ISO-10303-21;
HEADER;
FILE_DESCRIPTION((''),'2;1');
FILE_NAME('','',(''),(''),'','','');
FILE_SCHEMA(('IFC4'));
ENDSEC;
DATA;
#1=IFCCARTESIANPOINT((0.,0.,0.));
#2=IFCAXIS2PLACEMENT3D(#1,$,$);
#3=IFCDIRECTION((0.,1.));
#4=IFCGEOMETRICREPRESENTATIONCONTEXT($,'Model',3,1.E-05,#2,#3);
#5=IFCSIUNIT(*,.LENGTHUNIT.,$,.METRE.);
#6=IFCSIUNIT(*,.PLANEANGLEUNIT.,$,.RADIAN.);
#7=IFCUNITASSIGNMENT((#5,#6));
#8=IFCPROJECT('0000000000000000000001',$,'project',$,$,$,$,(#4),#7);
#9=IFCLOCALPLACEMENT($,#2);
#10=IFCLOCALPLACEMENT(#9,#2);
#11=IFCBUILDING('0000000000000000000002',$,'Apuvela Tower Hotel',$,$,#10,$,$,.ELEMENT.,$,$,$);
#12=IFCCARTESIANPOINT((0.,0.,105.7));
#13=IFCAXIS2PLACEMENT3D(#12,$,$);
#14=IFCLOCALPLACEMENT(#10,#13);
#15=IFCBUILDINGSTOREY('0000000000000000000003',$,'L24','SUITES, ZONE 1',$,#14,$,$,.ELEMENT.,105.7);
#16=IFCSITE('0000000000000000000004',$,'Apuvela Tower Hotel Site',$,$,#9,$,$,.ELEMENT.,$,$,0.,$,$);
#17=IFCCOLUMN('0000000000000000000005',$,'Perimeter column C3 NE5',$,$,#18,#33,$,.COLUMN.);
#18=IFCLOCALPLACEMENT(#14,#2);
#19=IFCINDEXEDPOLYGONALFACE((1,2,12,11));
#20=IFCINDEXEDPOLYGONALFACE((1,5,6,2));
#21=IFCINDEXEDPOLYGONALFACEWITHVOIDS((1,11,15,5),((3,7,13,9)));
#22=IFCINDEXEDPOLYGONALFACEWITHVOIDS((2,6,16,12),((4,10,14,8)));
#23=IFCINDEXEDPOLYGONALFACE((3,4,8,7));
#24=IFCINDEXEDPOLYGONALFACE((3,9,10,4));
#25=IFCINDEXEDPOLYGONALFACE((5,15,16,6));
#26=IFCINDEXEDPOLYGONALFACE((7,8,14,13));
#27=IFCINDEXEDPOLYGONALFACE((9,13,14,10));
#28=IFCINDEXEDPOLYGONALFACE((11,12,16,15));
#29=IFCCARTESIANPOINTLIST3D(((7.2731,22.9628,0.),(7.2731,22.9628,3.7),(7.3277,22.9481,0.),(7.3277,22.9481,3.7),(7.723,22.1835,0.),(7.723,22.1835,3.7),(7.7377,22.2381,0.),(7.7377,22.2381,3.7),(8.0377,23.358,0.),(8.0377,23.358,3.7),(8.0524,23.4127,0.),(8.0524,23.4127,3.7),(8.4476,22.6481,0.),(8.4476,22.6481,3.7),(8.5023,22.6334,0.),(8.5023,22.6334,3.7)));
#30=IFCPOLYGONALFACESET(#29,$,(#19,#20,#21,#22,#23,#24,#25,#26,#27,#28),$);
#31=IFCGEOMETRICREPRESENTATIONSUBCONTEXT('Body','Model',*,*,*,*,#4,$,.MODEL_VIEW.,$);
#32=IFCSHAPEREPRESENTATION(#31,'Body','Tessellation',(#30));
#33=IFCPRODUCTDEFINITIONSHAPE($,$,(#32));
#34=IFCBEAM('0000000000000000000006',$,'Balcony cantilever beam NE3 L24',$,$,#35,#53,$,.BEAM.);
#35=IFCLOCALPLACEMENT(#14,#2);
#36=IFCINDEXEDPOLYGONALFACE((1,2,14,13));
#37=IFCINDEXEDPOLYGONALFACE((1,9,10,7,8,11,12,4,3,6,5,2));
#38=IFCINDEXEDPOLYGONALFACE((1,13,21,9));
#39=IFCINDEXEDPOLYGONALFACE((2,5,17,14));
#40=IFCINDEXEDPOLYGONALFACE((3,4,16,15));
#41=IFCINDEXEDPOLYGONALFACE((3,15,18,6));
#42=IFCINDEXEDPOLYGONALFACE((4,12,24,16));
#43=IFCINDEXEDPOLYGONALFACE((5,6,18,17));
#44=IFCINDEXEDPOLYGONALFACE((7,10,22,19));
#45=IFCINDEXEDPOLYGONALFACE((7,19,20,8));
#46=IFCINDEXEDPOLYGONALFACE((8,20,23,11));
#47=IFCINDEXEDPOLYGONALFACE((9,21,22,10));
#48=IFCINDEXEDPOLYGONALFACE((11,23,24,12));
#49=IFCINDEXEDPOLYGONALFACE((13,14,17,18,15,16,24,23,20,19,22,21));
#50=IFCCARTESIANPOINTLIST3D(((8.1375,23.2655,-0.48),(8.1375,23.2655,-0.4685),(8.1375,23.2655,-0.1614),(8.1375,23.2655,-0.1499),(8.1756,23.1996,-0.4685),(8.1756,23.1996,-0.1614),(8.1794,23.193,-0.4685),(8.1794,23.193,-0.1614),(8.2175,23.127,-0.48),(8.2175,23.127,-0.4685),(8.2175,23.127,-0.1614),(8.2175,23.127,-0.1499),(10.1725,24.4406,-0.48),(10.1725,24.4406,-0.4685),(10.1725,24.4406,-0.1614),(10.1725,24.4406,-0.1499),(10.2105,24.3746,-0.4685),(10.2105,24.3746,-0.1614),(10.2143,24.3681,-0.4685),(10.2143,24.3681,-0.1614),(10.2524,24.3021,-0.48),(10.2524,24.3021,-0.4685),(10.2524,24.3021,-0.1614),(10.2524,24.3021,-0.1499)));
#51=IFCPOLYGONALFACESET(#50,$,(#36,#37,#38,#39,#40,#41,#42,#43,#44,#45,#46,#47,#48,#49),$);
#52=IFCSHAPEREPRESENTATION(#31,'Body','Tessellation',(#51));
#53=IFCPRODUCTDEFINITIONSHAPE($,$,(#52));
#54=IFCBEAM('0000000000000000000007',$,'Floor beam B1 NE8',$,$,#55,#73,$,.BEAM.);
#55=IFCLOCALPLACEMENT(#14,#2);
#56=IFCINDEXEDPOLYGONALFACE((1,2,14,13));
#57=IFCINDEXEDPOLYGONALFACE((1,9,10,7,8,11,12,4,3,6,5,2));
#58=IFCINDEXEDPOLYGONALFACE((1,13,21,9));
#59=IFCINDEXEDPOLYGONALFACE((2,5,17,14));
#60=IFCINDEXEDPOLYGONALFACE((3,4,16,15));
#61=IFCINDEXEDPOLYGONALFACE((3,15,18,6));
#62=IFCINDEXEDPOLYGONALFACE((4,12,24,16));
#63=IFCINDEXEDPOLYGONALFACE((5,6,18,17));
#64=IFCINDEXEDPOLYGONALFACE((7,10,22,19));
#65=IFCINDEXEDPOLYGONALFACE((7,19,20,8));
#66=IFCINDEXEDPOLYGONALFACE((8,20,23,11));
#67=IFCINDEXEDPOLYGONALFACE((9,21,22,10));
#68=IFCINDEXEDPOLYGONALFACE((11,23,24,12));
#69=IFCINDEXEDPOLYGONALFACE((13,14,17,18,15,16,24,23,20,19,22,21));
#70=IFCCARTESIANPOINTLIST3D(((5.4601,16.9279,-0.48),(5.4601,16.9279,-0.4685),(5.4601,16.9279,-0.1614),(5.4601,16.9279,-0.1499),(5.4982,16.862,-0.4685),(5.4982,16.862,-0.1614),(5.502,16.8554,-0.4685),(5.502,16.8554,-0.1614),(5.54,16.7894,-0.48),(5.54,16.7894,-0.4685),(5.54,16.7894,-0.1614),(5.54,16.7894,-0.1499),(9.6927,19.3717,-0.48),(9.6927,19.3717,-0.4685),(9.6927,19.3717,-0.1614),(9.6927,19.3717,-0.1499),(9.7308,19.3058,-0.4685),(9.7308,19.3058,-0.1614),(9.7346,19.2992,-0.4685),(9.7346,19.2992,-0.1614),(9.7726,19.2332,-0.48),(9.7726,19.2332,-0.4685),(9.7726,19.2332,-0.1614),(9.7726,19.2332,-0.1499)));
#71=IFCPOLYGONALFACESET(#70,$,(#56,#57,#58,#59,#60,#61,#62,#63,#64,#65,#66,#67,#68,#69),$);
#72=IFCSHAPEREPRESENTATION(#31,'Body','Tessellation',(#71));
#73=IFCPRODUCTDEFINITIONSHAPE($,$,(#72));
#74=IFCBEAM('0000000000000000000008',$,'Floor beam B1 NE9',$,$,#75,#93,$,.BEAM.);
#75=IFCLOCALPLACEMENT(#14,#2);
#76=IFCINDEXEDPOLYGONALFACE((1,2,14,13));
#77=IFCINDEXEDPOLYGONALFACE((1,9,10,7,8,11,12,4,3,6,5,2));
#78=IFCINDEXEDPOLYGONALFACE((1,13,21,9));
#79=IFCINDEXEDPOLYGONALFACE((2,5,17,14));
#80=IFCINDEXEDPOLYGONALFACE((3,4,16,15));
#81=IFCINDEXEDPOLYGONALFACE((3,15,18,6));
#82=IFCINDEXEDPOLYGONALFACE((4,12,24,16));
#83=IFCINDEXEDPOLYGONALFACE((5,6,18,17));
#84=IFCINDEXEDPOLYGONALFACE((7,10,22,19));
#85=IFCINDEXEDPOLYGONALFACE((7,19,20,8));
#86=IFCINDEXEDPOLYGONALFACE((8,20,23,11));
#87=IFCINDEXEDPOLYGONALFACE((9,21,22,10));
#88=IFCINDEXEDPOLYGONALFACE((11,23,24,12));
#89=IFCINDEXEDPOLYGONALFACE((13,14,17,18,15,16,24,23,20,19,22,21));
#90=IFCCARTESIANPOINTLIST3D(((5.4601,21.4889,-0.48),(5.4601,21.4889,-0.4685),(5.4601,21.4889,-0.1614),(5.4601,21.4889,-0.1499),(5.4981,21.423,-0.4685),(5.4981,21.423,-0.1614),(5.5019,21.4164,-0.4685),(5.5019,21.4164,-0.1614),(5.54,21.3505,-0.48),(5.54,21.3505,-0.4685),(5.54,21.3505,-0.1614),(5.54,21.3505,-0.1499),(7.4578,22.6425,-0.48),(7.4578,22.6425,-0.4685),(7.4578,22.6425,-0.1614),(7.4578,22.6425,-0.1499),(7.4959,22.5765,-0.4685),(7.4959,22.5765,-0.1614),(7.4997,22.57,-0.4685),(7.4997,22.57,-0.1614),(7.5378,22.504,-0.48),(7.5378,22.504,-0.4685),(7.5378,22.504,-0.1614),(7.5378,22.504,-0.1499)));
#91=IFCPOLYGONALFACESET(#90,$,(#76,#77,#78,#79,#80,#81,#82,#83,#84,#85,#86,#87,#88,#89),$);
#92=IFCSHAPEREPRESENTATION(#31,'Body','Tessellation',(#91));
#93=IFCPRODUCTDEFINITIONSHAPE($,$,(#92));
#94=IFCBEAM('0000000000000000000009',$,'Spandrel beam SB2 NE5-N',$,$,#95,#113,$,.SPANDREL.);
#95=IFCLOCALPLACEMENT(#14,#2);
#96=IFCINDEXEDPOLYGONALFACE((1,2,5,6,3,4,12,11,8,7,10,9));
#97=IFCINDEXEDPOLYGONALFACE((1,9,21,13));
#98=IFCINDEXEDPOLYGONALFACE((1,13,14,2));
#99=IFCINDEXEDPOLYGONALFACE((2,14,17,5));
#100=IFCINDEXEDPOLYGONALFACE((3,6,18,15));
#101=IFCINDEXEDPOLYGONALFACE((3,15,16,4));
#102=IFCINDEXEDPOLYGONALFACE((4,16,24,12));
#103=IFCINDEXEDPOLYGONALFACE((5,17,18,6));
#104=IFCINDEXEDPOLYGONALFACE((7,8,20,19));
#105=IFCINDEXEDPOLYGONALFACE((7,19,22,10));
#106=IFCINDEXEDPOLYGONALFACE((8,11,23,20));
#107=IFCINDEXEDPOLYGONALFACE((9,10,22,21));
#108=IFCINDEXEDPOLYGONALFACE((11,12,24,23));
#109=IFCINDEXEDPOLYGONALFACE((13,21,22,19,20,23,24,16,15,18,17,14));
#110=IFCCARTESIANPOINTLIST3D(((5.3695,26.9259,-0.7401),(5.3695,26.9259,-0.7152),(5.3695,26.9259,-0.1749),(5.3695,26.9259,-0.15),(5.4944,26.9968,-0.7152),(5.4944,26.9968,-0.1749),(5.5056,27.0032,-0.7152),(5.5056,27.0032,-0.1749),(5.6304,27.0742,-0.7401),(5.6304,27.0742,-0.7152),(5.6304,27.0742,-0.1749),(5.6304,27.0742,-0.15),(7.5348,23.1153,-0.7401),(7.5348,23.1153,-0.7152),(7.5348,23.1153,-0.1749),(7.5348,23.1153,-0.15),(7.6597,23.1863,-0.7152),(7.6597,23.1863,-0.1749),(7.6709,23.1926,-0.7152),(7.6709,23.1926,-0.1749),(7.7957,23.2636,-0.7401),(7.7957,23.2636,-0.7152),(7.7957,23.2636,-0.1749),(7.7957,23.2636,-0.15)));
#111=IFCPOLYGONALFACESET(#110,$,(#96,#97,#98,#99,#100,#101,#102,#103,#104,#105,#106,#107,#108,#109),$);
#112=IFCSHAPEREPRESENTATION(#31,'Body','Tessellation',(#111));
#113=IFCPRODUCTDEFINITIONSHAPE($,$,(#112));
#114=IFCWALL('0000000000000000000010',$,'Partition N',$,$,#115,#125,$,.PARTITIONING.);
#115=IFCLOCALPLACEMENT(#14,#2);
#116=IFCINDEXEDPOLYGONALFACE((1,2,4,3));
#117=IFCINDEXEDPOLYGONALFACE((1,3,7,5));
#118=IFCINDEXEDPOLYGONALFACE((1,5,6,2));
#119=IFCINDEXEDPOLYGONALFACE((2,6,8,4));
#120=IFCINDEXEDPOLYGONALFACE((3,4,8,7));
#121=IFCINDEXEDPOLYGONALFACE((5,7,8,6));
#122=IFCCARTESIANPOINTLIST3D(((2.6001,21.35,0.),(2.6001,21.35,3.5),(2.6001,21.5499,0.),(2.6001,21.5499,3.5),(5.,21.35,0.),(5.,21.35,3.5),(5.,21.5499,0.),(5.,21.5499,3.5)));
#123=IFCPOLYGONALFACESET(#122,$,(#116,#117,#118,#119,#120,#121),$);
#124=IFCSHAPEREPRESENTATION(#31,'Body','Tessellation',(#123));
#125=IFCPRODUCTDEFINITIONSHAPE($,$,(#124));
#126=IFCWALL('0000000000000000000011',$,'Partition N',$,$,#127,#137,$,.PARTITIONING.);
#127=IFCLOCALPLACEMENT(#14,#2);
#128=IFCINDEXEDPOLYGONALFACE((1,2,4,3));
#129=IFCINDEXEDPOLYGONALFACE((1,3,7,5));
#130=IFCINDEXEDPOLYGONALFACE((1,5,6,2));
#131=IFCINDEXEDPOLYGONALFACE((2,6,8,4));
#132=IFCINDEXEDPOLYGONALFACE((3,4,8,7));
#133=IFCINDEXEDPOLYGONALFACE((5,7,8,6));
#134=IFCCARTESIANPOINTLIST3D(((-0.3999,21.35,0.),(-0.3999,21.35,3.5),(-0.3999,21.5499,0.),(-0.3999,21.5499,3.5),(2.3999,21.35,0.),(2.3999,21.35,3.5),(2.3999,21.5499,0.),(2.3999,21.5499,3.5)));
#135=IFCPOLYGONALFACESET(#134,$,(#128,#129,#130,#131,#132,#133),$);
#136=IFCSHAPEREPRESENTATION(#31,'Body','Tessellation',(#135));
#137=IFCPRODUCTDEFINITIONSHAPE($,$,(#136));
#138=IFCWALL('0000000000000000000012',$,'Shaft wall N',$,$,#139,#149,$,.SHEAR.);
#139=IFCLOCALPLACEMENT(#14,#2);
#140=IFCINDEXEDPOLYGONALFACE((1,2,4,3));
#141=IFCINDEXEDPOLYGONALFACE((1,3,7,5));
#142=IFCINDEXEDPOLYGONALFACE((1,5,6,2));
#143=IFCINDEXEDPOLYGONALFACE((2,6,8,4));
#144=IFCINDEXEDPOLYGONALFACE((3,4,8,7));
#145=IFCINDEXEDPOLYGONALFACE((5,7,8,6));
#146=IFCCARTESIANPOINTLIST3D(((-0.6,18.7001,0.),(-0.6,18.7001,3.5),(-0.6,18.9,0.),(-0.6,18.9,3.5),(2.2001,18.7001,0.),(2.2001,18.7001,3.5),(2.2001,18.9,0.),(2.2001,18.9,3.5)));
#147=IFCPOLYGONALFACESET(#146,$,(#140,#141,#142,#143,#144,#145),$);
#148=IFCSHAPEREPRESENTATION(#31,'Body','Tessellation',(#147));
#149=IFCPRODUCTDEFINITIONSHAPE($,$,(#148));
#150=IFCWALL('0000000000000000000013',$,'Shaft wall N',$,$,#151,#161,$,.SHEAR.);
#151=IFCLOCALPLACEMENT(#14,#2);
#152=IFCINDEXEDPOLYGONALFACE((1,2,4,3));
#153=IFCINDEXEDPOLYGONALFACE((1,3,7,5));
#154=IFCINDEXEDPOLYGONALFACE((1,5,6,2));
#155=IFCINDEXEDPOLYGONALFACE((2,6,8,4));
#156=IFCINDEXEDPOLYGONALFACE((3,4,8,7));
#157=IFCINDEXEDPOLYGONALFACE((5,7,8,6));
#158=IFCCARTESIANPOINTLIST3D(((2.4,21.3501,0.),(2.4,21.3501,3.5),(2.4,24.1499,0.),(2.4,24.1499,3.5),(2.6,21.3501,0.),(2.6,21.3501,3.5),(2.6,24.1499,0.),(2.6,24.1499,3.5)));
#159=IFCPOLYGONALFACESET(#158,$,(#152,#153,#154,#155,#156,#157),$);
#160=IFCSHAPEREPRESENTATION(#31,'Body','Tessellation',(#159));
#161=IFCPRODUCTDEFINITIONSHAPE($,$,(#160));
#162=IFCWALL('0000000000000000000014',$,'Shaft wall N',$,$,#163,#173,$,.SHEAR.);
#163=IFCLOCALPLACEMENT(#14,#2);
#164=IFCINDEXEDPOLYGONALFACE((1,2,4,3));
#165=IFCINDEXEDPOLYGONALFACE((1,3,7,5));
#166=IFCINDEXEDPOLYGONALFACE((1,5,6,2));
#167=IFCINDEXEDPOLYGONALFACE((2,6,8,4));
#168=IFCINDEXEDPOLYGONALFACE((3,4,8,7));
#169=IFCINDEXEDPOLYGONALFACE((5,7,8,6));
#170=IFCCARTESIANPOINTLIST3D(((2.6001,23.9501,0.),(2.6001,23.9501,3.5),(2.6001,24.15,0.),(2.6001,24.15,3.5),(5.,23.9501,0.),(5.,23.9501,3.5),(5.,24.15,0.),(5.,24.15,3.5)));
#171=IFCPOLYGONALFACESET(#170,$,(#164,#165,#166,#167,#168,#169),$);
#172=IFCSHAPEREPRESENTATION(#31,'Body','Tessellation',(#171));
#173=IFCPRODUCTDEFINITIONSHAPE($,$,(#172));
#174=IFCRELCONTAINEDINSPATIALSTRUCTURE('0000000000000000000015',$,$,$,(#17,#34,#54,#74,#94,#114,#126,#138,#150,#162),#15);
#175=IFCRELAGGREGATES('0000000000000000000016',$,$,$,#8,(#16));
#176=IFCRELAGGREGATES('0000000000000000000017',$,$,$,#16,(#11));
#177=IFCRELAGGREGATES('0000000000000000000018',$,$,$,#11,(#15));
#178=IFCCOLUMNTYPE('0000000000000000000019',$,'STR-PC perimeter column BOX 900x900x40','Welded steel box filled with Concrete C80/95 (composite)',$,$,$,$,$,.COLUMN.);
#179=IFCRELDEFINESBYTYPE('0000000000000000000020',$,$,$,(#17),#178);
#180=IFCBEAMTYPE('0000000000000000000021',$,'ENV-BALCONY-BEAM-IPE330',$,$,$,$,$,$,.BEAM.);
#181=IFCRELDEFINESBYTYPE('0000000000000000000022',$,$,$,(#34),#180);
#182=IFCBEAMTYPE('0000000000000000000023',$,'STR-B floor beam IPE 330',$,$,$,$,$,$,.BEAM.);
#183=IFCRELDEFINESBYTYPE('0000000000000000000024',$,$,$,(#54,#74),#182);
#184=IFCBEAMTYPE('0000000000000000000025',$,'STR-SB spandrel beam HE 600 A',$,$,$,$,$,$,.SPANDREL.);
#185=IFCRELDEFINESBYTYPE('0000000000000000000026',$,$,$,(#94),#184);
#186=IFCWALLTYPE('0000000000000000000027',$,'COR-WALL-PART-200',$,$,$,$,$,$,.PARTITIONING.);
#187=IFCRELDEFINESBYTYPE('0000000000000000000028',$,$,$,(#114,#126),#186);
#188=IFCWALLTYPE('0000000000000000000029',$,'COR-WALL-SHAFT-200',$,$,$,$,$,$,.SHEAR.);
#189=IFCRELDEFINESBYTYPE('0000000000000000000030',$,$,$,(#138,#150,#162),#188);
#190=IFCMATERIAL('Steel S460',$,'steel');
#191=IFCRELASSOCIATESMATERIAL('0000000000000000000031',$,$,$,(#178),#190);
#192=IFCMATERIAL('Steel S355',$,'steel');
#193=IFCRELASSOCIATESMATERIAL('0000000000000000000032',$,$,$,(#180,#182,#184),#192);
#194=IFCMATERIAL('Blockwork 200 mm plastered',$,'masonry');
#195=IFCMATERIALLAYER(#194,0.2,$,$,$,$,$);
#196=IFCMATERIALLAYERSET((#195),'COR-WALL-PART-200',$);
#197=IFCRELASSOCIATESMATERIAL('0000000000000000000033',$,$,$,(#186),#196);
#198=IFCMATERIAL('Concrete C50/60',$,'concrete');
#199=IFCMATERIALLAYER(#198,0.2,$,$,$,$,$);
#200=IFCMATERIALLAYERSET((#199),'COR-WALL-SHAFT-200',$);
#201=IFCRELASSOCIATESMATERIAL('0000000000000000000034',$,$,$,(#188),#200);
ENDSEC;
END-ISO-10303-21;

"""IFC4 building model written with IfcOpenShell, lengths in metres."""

from ifc_helpers import new_model, si_unit, direction, frame, frame_2d, origin, origin_2d, place, context, subcontext, project, spatial, rectangle, hollow_rectangle, i_section, extrude, material, layer, layer_set, material_profile, profile_set, type_object, element, save


model = new_model("IFC4")

# Units and contexts
model_context = context("Model", 3, precision=1e-05, world=origin(), true_north=direction((0.0, 1.0)))
body_context = subcontext(model_context, "Body", "Model", "MODEL_VIEW")
ifc_project = project(units=[si_unit("LENGTHUNIT", "METRE"), si_unit("PLANEANGLEUNIT", "RADIAN")], contexts=[model_context])

# Site, building, storey
site_placement = place(None, origin())
site = spatial("IfcSite", under=ifc_project, at=site_placement, Name="Apuvela Tower Hotel Site", CompositionType="ELEMENT", RefElevation=0.0)
building_placement = place(site_placement, origin())
building = spatial("IfcBuilding", under=site, at=building_placement, Name="Apuvela Tower Hotel", CompositionType="ELEMENT")
storey_placement = place(building_placement, frame((0.0, 0.0, 105.7)))
storey = spatial("IfcBuildingStorey", under=building, at=storey_placement, Name="L24", Description="SUITES, ZONE 1", CompositionType="ELEMENT", Elevation=105.7)

# Column
ifc_material_1 = material(Name="Steel S460", Category="steel")
ifc_material_profile_1 = material_profile(ifc_material_1, hollow_rectangle(XDim=0.8999, YDim=0.8999, WallThickness=0.04, at=origin_2d()), Name="BOX 900x900x40")
ifc_material_2 = material(Name="Concrete C80/95", Category="concrete")
ifc_material_profile_2 = material_profile(ifc_material_2, rectangle(XDim=0.8201, YDim=0.8201, at=origin_2d()), Name="Concrete C80/95 infill")
ifc_profile_set_1 = profile_set([ifc_material_profile_1, ifc_material_profile_2], Name="Steel S460")
column_type = type_object("IfcColumnType", Name="STR-PC perimeter column BOX 900x900x40", Description="Welded steel box filled with Concrete C80/95 (composite)", PredefinedType="COLUMN", material=ifc_profile_set_1)
column_placement = place(storey_placement, frame((7.8877, 22.7981, 0.0), z_axis=(0.0, 0.0, 1.0), x_axis=(-0.5, 0.866025, 0.0)))
element("IfcColumn", 1, at=column_placement, inside=storey, type_object=column_type, Name="Perimeter column C3 NE5", PredefinedType="COLUMN", context=body_context, shape_type="SweptSolid", body=[
    extrude(hollow_rectangle(XDim=0.8999, YDim=0.8999, WallThickness=0.04, at=origin_2d()), origin(), (0.0, 0.0, 1.0), 3.7),
])

# Beams
ifc_material_3 = material(Name="Steel S355", Category="steel")
ifc_material_profile_3 = material_profile(ifc_material_3, i_section(OverallWidth=0.1599, OverallDepth=0.3301, WebThickness=0.0076, FlangeThickness=0.0115, at=origin_2d()), Name="IPE 330")
ifc_profile_set_2 = profile_set([ifc_material_profile_3], Name="Steel S355")
beam_type_1 = type_object("IfcBeamType", Name="ENV-BALCONY-BEAM-IPE330", PredefinedType="BEAM", material=ifc_profile_set_2)
beam_1_placement = place(storey_placement, frame((8.1775, 23.1963, -0.3149), z_axis=(0.86599, 0.500061, 0.0), x_axis=(-0.500061, 0.86599, 0.0)))
element("IfcBeam", 2, at=beam_1_placement, inside=storey, type_object=beam_type_1, Name="Balcony cantilever beam NE3 L24", PredefinedType="BEAM", context=body_context, shape_type="SweptSolid", body=[
    extrude(i_section(OverallWidth=0.1599, OverallDepth=0.3301, WebThickness=0.0076, FlangeThickness=0.0115, at=origin_2d()), origin(), (0.0, 0.0, 1.0), 2.3499),
])
ifc_material_profile_4 = material_profile(ifc_material_3, i_section(OverallWidth=0.1599, OverallDepth=0.3301, WebThickness=0.0076, FlangeThickness=0.0115, at=origin_2d()), Name="IPE 330")
ifc_profile_set_3 = profile_set([ifc_material_profile_4], Name="Steel S355")
beam_type_2 = type_object("IfcBeamType", Name="STR-B floor beam IPE 330", PredefinedType="BEAM", material=ifc_profile_set_3)
beam_2_placement = place(storey_placement, frame((9.7327, 19.3025, -0.3149), z_axis=(-0.866015, -0.500018, 0.0), x_axis=(0.500018, -0.866015, 0.0)))
element("IfcBeam", 3, at=beam_2_placement, inside=storey, type_object=beam_type_2, Name="Floor beam B1 NE8", PredefinedType="BEAM", context=body_context, shape_type="SweptSolid", body=[
    extrude(i_section(OverallWidth=0.1599, OverallDepth=0.3301, WebThickness=0.0076, FlangeThickness=0.0115, at=origin_2d()), origin(), (0.0, 0.0, 1.0), 4.8875),
])
beam_3_placement = place(storey_placement, frame((7.4978, 22.5732, -0.3149), z_axis=(-0.866001, -0.500043, 0.0), x_axis=(0.500043, -0.866001, 0.0)))
element("IfcBeam", 4, at=beam_3_placement, inside=storey, type_object=beam_type_2, Name="Floor beam B1 NE9", PredefinedType="BEAM", context=body_context, shape_type="SweptSolid", body=[
    extrude(i_section(OverallWidth=0.1599, OverallDepth=0.3301, WebThickness=0.0076, FlangeThickness=0.0115, at=origin_2d()), origin(), (0.0, 0.0, 1.0), 2.3069),
])
ifc_material_profile_5 = material_profile(ifc_material_3, i_section(OverallWidth=0.3, OverallDepth=0.5901, WebThickness=0.0129, FlangeThickness=0.0249, at=origin_2d()), Name="HE 600 A")
ifc_profile_set_4 = profile_set([ifc_material_profile_5], Name="Steel S355")
beam_type_3 = type_object("IfcBeamType", Name="STR-SB spandrel beam HE 600 A", PredefinedType="SPANDREL", material=ifc_profile_set_4)
beam_4_placement = place(storey_placement, frame((7.6653, 23.1895, -0.4451), z_axis=(-0.494044, 0.869437, 0.0), x_axis=(-0.869437, -0.494044, 0.0)))
element("IfcBeam", 5, at=beam_4_placement, inside=storey, type_object=beam_type_3, Name="Spandrel beam SB2 NE5-N", PredefinedType="SPANDREL", context=body_context, shape_type="SweptSolid", body=[
    extrude(i_section(OverallWidth=0.3, OverallDepth=0.5901, WebThickness=0.0129, FlangeThickness=0.0249, at=origin_2d()), origin(), (0.0, 0.0, 1.0), 4.3828),
])

# Walls
ifc_material_4 = material(Name="Blockwork 200 mm plastered", Category="masonry")
ifc_layer_1 = layer(ifc_material_4, 0.2)
ifc_layer_set_1 = layer_set([ifc_layer_1], Name="COR-WALL-PART-200")
wall_type_1 = type_object("IfcWallType", Name="COR-WALL-PART-200", PredefinedType="PARTITIONING", material=ifc_layer_set_1)
wall_1_placement = place(storey_placement, frame((5.0, 21.45, 0.0), z_axis=(0.0, 0.0, 1.0), x_axis=(-1.0, 0.0, 0.0)))
element("IfcWall", 6, at=wall_1_placement, inside=storey, type_object=wall_type_1, Name="Partition N", PredefinedType="PARTITIONING", context=body_context, shape_type="SweptSolid", body=[
    extrude(rectangle(XDim=2.3999, YDim=0.2, at=frame_2d((1.2, 0.0))), origin(), (0.0, 0.0, 1.0), 3.5),
])
wall_2_placement = place(storey_placement, frame((2.3999, 21.45, 0.0), z_axis=(0.0, 0.0, 1.0), x_axis=(-1.0, 0.0, 0.0)))
element("IfcWall", 7, at=wall_2_placement, inside=storey, type_object=wall_type_1, Name="Partition N", PredefinedType="PARTITIONING", context=body_context, shape_type="SweptSolid", body=[
    extrude(rectangle(XDim=2.7998, YDim=0.2, at=frame_2d((1.3999, 0.0))), origin(), (0.0, 0.0, 1.0), 3.5),
])
ifc_material_5 = material(Name="Concrete C50/60", Category="concrete")
ifc_layer_2 = layer(ifc_material_5, 0.2)
ifc_layer_set_2 = layer_set([ifc_layer_2], Name="COR-WALL-SHAFT-200")
wall_type_2 = type_object("IfcWallType", Name="COR-WALL-SHAFT-200", PredefinedType="SHEAR", material=ifc_layer_set_2)
wall_3_placement = place(storey_placement, frame((2.2, 18.8, 0.0), z_axis=(0.0, 0.0, 1.0), x_axis=(-1.0, 0.0, 0.0)))
element("IfcWall", 8, at=wall_3_placement, inside=storey, type_object=wall_type_2, Name="Shaft wall N", PredefinedType="SHEAR", context=body_context, shape_type="SweptSolid", body=[
    extrude(rectangle(XDim=2.8, YDim=0.2, at=frame_2d((1.3999, 0.0))), origin(), (0.0, 0.0, 1.0), 3.5),
])
wall_4_placement = place(storey_placement, frame((2.5, 21.3501, 0.0), z_axis=(0.0, 0.0, 1.0), x_axis=(0.0, 1.0, 0.0)))
element("IfcWall", 9, at=wall_4_placement, inside=storey, type_object=wall_type_2, Name="Shaft wall N", PredefinedType="SHEAR", context=body_context, shape_type="SweptSolid", body=[
    extrude(rectangle(XDim=2.7998, YDim=0.2, at=frame_2d((1.3999, 0.0))), origin(), (0.0, 0.0, 1.0), 3.5),
])
wall_5_placement = place(storey_placement, frame((5.0, 24.05, 0.0), z_axis=(0.0, 0.0, 1.0), x_axis=(-1.0, 0.0, 0.0)))
element("IfcWall", 10, at=wall_5_placement, inside=storey, type_object=wall_type_2, Name="Shaft wall N", PredefinedType="SHEAR", context=body_context, shape_type="SweptSolid", body=[
    extrude(rectangle(XDim=2.3999, YDim=0.2, at=frame_2d((1.2, 0.0))), origin(), (0.0, 0.0, 1.0), 3.5),
])

save(model, "model.ifc")
